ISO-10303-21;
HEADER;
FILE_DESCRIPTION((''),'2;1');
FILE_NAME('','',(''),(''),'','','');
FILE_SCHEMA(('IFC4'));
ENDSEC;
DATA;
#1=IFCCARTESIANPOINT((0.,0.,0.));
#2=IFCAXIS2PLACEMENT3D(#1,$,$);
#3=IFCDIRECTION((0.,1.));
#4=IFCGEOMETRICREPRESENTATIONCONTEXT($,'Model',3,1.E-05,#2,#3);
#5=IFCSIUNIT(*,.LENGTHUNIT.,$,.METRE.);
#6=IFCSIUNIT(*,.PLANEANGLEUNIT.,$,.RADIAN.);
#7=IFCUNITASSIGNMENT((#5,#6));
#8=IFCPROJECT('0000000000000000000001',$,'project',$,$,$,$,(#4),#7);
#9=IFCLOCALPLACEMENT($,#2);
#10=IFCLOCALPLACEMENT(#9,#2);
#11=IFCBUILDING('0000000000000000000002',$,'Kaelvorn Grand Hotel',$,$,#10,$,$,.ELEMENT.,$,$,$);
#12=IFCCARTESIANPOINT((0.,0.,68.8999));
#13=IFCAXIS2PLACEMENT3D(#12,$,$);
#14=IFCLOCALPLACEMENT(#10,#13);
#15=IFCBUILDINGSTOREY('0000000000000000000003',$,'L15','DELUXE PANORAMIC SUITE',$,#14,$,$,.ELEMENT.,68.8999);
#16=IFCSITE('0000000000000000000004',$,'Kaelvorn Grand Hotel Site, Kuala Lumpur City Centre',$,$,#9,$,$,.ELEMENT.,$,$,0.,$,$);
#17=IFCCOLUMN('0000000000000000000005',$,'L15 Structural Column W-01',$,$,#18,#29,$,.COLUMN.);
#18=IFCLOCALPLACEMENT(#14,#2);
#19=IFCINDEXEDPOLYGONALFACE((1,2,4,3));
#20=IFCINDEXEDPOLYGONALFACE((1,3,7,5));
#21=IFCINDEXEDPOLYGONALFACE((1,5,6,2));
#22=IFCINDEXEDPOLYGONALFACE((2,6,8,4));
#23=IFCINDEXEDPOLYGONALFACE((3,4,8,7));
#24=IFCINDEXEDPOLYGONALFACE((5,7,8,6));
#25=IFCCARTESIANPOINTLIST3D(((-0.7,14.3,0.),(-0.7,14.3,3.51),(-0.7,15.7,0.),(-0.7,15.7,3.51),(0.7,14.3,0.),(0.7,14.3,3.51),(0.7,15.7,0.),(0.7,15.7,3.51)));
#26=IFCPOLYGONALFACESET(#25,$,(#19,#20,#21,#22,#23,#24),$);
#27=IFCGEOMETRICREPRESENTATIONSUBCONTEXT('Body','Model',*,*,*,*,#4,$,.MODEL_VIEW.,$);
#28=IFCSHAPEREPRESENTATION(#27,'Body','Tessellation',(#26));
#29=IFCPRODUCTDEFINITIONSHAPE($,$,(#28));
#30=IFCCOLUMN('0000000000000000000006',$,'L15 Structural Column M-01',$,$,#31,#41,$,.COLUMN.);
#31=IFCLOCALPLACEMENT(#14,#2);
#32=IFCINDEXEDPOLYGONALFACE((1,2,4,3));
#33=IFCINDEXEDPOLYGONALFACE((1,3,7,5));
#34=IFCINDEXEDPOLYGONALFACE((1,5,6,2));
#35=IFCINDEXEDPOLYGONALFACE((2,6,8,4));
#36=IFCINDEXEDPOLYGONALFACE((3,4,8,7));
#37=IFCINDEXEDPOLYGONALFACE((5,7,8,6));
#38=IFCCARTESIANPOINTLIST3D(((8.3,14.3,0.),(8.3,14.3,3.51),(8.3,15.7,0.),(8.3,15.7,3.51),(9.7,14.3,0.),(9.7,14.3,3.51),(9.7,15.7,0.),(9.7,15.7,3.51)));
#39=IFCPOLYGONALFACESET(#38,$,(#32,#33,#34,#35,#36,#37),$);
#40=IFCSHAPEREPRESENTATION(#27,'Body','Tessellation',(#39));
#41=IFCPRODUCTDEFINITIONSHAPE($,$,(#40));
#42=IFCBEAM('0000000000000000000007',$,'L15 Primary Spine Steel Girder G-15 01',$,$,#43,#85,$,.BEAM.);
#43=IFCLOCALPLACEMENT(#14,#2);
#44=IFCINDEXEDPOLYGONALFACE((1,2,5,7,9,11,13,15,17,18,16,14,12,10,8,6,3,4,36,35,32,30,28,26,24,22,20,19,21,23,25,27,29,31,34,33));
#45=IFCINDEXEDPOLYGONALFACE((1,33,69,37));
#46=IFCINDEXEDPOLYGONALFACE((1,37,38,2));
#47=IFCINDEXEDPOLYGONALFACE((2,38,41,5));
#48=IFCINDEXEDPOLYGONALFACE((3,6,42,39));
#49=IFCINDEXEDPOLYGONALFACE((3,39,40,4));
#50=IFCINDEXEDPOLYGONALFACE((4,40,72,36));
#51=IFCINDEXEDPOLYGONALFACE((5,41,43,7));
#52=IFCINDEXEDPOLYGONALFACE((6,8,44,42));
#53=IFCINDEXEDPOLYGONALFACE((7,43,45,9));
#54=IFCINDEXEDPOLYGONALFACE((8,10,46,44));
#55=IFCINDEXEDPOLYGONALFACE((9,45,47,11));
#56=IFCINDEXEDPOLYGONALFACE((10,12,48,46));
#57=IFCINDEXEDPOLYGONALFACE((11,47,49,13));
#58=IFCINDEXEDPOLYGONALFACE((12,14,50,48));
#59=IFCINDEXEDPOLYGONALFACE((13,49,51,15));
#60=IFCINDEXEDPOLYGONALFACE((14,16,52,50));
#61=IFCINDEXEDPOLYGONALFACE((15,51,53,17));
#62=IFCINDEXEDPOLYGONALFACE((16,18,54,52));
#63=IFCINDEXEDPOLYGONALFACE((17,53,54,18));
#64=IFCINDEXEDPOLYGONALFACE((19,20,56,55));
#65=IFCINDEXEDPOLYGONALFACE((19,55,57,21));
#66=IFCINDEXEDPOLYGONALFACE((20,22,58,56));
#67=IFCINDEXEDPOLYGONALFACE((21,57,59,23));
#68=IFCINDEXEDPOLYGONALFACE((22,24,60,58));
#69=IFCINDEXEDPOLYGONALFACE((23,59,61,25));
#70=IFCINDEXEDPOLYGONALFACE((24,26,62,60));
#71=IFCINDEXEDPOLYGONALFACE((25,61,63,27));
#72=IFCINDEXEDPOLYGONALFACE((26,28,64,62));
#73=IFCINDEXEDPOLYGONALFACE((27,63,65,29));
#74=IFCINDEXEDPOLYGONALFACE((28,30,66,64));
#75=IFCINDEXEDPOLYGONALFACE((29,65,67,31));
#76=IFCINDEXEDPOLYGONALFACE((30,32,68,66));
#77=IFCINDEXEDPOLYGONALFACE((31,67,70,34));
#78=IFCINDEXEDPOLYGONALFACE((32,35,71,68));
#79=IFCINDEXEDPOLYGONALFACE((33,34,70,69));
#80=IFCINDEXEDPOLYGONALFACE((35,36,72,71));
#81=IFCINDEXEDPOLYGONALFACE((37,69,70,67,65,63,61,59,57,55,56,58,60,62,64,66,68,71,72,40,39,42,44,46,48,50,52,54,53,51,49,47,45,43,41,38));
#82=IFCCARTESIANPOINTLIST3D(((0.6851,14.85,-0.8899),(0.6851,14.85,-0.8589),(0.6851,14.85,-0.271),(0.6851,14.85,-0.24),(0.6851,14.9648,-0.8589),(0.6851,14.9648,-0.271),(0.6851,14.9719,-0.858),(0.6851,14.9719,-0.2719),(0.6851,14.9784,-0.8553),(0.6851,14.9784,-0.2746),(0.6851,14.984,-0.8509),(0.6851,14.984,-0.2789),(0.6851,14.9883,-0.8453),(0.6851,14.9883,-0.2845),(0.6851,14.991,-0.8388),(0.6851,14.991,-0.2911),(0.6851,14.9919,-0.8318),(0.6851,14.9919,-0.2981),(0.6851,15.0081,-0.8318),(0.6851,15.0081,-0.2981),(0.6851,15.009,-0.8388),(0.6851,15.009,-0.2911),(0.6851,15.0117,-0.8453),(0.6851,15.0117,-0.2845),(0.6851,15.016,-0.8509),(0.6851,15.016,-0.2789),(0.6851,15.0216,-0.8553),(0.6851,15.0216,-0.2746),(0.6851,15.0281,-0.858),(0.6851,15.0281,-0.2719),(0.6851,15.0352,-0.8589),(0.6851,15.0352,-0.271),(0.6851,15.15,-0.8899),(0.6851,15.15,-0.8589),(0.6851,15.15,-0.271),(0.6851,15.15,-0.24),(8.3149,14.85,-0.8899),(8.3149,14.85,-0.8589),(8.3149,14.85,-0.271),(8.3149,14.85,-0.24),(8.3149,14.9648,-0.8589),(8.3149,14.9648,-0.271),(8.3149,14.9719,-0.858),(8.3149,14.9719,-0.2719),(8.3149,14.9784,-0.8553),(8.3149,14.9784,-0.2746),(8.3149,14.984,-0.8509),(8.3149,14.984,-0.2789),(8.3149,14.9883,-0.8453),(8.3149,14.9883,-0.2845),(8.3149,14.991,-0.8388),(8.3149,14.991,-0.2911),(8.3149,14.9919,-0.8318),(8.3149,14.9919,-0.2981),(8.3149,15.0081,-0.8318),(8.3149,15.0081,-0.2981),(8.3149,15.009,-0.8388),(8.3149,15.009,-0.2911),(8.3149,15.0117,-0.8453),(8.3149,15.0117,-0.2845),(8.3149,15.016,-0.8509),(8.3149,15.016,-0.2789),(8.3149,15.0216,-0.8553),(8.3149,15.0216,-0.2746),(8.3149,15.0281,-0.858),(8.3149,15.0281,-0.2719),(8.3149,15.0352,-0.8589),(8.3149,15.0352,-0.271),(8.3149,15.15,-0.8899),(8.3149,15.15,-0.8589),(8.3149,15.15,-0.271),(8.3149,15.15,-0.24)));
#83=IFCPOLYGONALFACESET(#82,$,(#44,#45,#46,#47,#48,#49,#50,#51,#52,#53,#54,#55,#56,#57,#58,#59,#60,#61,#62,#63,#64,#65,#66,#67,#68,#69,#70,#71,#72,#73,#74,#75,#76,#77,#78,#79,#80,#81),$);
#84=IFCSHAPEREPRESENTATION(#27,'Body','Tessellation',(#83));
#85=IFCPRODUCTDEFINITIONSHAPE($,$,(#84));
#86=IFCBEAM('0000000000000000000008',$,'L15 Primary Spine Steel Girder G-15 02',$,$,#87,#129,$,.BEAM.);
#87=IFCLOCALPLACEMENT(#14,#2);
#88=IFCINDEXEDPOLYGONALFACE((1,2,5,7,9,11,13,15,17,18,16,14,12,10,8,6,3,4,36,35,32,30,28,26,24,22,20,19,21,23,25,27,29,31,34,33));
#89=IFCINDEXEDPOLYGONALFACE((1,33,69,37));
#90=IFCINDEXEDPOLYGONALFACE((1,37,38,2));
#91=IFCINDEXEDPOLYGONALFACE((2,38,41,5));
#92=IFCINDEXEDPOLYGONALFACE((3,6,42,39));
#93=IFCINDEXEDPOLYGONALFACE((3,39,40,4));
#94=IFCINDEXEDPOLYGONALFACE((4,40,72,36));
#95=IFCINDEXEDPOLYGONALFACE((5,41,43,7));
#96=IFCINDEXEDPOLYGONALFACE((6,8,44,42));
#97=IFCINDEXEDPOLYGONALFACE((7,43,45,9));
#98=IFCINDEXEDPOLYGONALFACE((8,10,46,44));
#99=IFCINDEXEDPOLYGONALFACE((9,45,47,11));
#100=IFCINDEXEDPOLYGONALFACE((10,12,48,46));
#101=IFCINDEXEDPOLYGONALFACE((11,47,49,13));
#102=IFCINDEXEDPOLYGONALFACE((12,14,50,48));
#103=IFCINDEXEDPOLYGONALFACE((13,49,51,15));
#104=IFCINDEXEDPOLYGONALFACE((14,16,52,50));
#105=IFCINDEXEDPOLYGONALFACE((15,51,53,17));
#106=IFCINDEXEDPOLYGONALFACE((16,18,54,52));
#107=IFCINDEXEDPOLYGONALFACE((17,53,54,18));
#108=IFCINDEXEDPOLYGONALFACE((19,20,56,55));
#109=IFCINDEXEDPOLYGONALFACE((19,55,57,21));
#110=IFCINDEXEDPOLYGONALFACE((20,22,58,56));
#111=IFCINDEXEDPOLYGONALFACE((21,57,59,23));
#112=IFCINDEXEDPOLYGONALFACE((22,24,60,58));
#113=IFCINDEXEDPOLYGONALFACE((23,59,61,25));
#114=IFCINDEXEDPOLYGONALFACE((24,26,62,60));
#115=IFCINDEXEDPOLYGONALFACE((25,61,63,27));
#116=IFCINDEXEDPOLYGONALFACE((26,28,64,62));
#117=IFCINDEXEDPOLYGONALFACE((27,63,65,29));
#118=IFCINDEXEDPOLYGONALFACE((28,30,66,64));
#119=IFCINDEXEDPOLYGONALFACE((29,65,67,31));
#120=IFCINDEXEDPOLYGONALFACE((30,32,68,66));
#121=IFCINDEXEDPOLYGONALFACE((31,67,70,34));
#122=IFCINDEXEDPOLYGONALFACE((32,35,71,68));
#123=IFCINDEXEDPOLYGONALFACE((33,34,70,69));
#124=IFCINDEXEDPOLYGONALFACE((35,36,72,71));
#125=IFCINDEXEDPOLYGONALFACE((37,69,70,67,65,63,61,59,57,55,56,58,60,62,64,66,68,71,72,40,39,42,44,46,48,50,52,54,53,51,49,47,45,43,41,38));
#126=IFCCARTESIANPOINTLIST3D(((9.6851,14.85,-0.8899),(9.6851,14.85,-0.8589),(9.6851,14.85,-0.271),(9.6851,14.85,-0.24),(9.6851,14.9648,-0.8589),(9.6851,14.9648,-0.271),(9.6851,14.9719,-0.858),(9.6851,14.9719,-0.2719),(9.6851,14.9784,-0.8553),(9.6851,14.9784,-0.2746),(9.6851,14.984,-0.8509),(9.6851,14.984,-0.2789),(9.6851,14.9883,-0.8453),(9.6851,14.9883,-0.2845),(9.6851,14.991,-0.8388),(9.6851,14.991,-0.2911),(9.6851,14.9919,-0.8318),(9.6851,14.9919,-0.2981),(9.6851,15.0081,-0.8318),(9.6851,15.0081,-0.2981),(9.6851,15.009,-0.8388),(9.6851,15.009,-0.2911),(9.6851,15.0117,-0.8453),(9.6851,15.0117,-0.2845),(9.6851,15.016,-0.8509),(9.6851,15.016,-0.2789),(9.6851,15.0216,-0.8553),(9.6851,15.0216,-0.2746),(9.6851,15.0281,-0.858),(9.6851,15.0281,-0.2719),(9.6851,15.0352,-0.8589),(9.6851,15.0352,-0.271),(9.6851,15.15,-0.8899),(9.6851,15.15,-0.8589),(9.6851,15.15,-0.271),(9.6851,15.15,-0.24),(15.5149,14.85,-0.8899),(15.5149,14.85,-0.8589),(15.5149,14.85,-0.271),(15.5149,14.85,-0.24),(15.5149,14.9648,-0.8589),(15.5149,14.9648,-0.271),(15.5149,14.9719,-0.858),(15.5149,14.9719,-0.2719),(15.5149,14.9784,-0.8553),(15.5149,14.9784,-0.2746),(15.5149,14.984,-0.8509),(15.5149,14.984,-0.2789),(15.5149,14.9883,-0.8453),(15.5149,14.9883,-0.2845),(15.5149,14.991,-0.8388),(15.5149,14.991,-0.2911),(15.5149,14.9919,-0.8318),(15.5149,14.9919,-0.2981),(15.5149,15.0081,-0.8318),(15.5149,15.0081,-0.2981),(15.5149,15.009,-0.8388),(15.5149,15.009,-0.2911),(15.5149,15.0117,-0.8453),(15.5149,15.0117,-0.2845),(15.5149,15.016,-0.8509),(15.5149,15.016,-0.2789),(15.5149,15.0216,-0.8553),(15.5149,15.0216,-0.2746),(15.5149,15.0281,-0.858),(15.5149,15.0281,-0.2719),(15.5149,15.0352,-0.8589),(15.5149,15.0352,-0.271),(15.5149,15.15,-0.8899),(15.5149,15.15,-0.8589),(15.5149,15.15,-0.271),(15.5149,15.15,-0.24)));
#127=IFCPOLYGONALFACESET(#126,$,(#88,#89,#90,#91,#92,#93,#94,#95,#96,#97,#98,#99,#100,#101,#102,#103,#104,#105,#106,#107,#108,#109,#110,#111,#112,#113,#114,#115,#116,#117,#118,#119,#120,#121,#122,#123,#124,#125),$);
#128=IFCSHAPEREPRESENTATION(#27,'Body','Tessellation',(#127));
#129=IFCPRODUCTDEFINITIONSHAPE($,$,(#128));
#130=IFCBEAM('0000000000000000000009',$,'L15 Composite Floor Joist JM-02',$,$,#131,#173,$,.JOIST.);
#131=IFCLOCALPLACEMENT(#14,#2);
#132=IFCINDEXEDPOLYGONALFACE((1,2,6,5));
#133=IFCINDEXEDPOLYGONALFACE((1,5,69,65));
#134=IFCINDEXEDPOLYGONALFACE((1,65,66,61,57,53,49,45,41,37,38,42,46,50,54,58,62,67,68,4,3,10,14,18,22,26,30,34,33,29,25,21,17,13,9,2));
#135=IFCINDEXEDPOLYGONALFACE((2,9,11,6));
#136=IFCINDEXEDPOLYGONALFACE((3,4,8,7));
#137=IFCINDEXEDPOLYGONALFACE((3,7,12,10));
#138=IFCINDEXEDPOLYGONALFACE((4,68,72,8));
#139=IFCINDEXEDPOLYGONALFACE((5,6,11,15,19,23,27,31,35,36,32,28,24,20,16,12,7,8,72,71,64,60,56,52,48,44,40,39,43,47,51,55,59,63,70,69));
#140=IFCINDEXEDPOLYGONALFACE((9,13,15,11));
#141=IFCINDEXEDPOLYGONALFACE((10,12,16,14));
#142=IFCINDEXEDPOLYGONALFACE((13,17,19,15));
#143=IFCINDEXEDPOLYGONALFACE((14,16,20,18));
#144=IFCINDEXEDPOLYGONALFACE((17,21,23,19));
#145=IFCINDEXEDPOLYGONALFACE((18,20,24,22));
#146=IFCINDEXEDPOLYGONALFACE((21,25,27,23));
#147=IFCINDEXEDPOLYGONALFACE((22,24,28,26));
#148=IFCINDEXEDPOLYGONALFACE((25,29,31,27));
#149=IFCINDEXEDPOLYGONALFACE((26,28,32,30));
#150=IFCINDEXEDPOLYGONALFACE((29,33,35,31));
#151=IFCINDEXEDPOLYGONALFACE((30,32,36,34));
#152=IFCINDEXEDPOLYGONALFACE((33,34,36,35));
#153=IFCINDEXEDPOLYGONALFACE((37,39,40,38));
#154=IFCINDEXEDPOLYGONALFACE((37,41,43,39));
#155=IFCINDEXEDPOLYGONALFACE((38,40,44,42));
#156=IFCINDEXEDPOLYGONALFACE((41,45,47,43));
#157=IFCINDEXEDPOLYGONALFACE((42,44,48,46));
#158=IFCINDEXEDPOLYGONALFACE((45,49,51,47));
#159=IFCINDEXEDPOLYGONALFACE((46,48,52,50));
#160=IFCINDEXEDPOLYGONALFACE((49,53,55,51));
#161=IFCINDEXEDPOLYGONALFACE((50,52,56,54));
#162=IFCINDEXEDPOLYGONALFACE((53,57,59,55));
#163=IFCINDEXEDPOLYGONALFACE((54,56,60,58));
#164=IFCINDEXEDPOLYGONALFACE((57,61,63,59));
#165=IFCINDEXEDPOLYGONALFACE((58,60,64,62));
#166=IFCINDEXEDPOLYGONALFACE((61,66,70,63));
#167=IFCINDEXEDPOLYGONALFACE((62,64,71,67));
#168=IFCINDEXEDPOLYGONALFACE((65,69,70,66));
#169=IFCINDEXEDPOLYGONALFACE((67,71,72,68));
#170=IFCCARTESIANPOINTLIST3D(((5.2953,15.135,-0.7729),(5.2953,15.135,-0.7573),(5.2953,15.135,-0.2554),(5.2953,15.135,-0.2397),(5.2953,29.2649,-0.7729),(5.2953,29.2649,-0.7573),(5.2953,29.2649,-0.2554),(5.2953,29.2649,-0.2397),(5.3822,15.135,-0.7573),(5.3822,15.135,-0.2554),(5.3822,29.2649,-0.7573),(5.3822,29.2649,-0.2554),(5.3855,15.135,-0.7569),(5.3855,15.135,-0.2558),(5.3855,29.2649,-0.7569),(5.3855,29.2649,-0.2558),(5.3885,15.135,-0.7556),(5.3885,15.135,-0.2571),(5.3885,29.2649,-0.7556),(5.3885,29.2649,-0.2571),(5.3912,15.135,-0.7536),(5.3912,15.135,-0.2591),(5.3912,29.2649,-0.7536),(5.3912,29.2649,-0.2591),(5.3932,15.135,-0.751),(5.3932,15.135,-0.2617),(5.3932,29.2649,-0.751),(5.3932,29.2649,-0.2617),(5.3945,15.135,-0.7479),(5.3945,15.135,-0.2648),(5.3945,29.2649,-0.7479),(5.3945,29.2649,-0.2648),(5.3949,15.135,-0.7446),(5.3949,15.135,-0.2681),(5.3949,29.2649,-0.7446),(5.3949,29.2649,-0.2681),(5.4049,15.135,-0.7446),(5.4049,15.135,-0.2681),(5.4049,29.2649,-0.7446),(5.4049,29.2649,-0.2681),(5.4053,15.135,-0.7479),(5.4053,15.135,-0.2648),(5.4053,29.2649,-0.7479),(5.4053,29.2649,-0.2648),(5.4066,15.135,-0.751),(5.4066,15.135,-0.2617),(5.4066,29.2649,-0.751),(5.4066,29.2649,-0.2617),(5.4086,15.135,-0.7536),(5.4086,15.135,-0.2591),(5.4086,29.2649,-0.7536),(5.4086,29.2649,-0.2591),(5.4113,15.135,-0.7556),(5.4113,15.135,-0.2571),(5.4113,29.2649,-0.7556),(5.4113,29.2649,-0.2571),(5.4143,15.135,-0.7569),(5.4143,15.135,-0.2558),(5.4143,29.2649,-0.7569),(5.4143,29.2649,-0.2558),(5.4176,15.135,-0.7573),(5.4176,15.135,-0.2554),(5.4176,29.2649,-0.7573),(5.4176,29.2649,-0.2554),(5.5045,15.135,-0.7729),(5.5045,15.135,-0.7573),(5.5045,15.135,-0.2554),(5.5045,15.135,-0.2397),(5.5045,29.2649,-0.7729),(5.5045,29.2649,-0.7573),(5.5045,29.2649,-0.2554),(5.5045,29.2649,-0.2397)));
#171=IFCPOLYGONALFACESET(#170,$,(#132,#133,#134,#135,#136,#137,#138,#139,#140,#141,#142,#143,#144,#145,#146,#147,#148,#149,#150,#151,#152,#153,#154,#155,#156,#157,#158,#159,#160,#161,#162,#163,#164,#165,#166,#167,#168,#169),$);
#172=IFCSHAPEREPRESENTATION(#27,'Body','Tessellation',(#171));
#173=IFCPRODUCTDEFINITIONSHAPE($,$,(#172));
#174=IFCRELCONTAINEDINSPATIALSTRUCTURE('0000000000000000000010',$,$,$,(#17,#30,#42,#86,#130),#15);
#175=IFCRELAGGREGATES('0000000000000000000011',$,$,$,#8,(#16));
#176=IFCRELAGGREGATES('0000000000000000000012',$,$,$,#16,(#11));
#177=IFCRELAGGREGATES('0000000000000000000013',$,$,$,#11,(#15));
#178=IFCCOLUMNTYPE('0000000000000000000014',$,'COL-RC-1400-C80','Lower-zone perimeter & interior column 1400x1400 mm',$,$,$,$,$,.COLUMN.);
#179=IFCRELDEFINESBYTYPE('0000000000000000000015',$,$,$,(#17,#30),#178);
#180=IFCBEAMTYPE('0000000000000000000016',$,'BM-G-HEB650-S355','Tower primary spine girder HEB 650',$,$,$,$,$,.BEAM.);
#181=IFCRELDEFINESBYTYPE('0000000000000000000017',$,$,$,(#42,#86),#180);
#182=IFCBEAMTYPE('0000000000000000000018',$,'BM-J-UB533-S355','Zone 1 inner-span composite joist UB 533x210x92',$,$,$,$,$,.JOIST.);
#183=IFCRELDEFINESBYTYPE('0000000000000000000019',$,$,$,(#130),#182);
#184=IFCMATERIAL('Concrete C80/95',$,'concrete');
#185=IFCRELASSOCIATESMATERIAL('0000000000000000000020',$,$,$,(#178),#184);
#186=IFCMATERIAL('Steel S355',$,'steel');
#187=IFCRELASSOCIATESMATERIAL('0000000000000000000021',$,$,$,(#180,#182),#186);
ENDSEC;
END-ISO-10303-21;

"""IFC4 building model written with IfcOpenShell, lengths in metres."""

from ifc_helpers import new_model, si_unit, direction, frame, origin, origin_2d, place, context, subcontext, project, spatial, rectangle, i_section, extrude, material, material_profile, profile_set, type_object, element, save


model = new_model("IFC4")

# Units and contexts
model_context = context("Model", 3, precision=1e-05, world=origin(), true_north=direction((0.0, 1.0)))
body_context = subcontext(model_context, "Body", "Model", "MODEL_VIEW")
ifc_project = project(units=[si_unit("LENGTHUNIT", "METRE"), si_unit("PLANEANGLEUNIT", "RADIAN")], contexts=[model_context])

# Site, building, storey
site_placement = place(None, origin())
site = spatial("IfcSite", under=ifc_project, at=site_placement, Name="Kaelvorn Grand Hotel Site, Kuala Lumpur City Centre", CompositionType="ELEMENT", RefElevation=0.0)
building_placement = place(site_placement, origin())
building = spatial("IfcBuilding", under=site, at=building_placement, Name="Kaelvorn Grand Hotel", CompositionType="ELEMENT")
storey_placement = place(building_placement, frame((0.0, 0.0, 68.8999)))
storey = spatial("IfcBuildingStorey", under=building, at=storey_placement, Name="L15", Description="DELUXE PANORAMIC SUITE", CompositionType="ELEMENT", Elevation=68.8999)

# Columns
ifc_material_1 = material(Name="Concrete C80/95", Category="concrete")
ifc_material_profile_1 = material_profile(ifc_material_1, rectangle(XDim=1.3999, YDim=1.3999, at=origin_2d()), Name="RC COL 1400x1400")
ifc_profile_set_1 = profile_set([ifc_material_profile_1], Name="Concrete C80/95")
column_type = type_object("IfcColumnType", Name="COL-RC-1400-C80", Description="Lower-zone perimeter & interior column 1400x1400 mm", PredefinedType="COLUMN", material=ifc_profile_set_1)
for number, where, z_axis, x_axis, name in (
    (1, (0.0, 15.0, 0.0), (0.0, 0.0, 1.0), (1.0, 0.0, 0.0), "L15 Structural Column W-01"),
    (2, (9.0, 15.0, 0.0), (0.0, 0.0, 1.0), (1.0, 0.0, 0.0), "L15 Structural Column M-01"),
):
    element("IfcColumn", number, at=place(storey_placement, frame(where, z_axis=z_axis, x_axis=x_axis)), inside=storey, type_object=column_type, Name=name, PredefinedType="COLUMN", context=body_context, shape_type="SweptSolid", body=[
        extrude(rectangle(XDim=1.3999, YDim=1.3999, at=origin_2d()), origin(), (0.0, 0.0, 1.0), 3.51),
    ])

# Beams
ifc_material_2 = material(Name="Steel S355", Category="steel")
ifc_material_profile_2 = material_profile(ifc_material_2, i_section(OverallWidth=0.3, OverallDepth=0.6499, WebThickness=0.0161, FlangeThickness=0.031, FilletRadius=0.0271, at=origin_2d()), Name="HEB 650")
ifc_profile_set_2 = profile_set([ifc_material_profile_2], Name="Steel S355")
beam_type_1 = type_object("IfcBeamType", Name="BM-G-HEB650-S355", Description="Tower primary spine girder HEB 650", PredefinedType="BEAM", material=ifc_profile_set_2)
beam_1_placement = place(storey_placement, frame((0.6851, 15.0, -0.5649), z_axis=(1.0, 0.0, 0.0), x_axis=(0.0, 1.0, 0.0)))
element("IfcBeam", 3, at=beam_1_placement, inside=storey, type_object=beam_type_1, Name="L15 Primary Spine Steel Girder G-15 01", PredefinedType="BEAM", context=body_context, shape_type="SweptSolid", body=[
    extrude(i_section(OverallWidth=0.3, OverallDepth=0.6499, WebThickness=0.0161, FlangeThickness=0.031, FilletRadius=0.0271, at=origin_2d()), origin(), (0.0, 0.0, 1.0), 7.6299),
])
beam_2_placement = place(storey_placement, frame((9.6851, 15.0, -0.5649), z_axis=(1.0, 0.0, 0.0), x_axis=(0.0, 1.0, 0.0)))
element("IfcBeam", 4, at=beam_2_placement, inside=storey, type_object=beam_type_1, Name="L15 Primary Spine Steel Girder G-15 02", PredefinedType="BEAM", context=body_context, shape_type="SweptSolid", body=[
    extrude(i_section(OverallWidth=0.3, OverallDepth=0.6499, WebThickness=0.0161, FlangeThickness=0.031, FilletRadius=0.0271, at=origin_2d()), origin(), (0.0, 0.0, 1.0), 5.8298),
])
ifc_material_profile_3 = material_profile(ifc_material_2, i_section(OverallWidth=0.2092, OverallDepth=0.5332, WebThickness=0.01, FlangeThickness=0.0156, FilletRadius=0.0127, at=origin_2d()), Name="UB 533x210x92")
ifc_profile_set_3 = profile_set([ifc_material_profile_3], Name="Steel S355")
beam_type_2 = type_object("IfcBeamType", Name="BM-J-UB533-S355", Description="Zone 1 inner-span composite joist UB 533x210x92", PredefinedType="JOIST", material=ifc_profile_set_3)
beam_3_placement = place(storey_placement, frame((5.3999, 15.135, -0.5063), z_axis=(0.0, 1.0, 0.0), x_axis=(-1.0, 0.0, 0.0)))
element("IfcBeam", 5, at=beam_3_placement, inside=storey, type_object=beam_type_2, Name="L15 Composite Floor Joist JM-02", PredefinedType="JOIST", context=body_context, shape_type="SweptSolid", body=[
    extrude(i_section(OverallWidth=0.2092, OverallDepth=0.5332, WebThickness=0.01, FlangeThickness=0.0156, FilletRadius=0.0127, at=origin_2d()), origin(), (0.0, 0.0, 1.0), 14.1299),
])

save(model, "model.ifc")
